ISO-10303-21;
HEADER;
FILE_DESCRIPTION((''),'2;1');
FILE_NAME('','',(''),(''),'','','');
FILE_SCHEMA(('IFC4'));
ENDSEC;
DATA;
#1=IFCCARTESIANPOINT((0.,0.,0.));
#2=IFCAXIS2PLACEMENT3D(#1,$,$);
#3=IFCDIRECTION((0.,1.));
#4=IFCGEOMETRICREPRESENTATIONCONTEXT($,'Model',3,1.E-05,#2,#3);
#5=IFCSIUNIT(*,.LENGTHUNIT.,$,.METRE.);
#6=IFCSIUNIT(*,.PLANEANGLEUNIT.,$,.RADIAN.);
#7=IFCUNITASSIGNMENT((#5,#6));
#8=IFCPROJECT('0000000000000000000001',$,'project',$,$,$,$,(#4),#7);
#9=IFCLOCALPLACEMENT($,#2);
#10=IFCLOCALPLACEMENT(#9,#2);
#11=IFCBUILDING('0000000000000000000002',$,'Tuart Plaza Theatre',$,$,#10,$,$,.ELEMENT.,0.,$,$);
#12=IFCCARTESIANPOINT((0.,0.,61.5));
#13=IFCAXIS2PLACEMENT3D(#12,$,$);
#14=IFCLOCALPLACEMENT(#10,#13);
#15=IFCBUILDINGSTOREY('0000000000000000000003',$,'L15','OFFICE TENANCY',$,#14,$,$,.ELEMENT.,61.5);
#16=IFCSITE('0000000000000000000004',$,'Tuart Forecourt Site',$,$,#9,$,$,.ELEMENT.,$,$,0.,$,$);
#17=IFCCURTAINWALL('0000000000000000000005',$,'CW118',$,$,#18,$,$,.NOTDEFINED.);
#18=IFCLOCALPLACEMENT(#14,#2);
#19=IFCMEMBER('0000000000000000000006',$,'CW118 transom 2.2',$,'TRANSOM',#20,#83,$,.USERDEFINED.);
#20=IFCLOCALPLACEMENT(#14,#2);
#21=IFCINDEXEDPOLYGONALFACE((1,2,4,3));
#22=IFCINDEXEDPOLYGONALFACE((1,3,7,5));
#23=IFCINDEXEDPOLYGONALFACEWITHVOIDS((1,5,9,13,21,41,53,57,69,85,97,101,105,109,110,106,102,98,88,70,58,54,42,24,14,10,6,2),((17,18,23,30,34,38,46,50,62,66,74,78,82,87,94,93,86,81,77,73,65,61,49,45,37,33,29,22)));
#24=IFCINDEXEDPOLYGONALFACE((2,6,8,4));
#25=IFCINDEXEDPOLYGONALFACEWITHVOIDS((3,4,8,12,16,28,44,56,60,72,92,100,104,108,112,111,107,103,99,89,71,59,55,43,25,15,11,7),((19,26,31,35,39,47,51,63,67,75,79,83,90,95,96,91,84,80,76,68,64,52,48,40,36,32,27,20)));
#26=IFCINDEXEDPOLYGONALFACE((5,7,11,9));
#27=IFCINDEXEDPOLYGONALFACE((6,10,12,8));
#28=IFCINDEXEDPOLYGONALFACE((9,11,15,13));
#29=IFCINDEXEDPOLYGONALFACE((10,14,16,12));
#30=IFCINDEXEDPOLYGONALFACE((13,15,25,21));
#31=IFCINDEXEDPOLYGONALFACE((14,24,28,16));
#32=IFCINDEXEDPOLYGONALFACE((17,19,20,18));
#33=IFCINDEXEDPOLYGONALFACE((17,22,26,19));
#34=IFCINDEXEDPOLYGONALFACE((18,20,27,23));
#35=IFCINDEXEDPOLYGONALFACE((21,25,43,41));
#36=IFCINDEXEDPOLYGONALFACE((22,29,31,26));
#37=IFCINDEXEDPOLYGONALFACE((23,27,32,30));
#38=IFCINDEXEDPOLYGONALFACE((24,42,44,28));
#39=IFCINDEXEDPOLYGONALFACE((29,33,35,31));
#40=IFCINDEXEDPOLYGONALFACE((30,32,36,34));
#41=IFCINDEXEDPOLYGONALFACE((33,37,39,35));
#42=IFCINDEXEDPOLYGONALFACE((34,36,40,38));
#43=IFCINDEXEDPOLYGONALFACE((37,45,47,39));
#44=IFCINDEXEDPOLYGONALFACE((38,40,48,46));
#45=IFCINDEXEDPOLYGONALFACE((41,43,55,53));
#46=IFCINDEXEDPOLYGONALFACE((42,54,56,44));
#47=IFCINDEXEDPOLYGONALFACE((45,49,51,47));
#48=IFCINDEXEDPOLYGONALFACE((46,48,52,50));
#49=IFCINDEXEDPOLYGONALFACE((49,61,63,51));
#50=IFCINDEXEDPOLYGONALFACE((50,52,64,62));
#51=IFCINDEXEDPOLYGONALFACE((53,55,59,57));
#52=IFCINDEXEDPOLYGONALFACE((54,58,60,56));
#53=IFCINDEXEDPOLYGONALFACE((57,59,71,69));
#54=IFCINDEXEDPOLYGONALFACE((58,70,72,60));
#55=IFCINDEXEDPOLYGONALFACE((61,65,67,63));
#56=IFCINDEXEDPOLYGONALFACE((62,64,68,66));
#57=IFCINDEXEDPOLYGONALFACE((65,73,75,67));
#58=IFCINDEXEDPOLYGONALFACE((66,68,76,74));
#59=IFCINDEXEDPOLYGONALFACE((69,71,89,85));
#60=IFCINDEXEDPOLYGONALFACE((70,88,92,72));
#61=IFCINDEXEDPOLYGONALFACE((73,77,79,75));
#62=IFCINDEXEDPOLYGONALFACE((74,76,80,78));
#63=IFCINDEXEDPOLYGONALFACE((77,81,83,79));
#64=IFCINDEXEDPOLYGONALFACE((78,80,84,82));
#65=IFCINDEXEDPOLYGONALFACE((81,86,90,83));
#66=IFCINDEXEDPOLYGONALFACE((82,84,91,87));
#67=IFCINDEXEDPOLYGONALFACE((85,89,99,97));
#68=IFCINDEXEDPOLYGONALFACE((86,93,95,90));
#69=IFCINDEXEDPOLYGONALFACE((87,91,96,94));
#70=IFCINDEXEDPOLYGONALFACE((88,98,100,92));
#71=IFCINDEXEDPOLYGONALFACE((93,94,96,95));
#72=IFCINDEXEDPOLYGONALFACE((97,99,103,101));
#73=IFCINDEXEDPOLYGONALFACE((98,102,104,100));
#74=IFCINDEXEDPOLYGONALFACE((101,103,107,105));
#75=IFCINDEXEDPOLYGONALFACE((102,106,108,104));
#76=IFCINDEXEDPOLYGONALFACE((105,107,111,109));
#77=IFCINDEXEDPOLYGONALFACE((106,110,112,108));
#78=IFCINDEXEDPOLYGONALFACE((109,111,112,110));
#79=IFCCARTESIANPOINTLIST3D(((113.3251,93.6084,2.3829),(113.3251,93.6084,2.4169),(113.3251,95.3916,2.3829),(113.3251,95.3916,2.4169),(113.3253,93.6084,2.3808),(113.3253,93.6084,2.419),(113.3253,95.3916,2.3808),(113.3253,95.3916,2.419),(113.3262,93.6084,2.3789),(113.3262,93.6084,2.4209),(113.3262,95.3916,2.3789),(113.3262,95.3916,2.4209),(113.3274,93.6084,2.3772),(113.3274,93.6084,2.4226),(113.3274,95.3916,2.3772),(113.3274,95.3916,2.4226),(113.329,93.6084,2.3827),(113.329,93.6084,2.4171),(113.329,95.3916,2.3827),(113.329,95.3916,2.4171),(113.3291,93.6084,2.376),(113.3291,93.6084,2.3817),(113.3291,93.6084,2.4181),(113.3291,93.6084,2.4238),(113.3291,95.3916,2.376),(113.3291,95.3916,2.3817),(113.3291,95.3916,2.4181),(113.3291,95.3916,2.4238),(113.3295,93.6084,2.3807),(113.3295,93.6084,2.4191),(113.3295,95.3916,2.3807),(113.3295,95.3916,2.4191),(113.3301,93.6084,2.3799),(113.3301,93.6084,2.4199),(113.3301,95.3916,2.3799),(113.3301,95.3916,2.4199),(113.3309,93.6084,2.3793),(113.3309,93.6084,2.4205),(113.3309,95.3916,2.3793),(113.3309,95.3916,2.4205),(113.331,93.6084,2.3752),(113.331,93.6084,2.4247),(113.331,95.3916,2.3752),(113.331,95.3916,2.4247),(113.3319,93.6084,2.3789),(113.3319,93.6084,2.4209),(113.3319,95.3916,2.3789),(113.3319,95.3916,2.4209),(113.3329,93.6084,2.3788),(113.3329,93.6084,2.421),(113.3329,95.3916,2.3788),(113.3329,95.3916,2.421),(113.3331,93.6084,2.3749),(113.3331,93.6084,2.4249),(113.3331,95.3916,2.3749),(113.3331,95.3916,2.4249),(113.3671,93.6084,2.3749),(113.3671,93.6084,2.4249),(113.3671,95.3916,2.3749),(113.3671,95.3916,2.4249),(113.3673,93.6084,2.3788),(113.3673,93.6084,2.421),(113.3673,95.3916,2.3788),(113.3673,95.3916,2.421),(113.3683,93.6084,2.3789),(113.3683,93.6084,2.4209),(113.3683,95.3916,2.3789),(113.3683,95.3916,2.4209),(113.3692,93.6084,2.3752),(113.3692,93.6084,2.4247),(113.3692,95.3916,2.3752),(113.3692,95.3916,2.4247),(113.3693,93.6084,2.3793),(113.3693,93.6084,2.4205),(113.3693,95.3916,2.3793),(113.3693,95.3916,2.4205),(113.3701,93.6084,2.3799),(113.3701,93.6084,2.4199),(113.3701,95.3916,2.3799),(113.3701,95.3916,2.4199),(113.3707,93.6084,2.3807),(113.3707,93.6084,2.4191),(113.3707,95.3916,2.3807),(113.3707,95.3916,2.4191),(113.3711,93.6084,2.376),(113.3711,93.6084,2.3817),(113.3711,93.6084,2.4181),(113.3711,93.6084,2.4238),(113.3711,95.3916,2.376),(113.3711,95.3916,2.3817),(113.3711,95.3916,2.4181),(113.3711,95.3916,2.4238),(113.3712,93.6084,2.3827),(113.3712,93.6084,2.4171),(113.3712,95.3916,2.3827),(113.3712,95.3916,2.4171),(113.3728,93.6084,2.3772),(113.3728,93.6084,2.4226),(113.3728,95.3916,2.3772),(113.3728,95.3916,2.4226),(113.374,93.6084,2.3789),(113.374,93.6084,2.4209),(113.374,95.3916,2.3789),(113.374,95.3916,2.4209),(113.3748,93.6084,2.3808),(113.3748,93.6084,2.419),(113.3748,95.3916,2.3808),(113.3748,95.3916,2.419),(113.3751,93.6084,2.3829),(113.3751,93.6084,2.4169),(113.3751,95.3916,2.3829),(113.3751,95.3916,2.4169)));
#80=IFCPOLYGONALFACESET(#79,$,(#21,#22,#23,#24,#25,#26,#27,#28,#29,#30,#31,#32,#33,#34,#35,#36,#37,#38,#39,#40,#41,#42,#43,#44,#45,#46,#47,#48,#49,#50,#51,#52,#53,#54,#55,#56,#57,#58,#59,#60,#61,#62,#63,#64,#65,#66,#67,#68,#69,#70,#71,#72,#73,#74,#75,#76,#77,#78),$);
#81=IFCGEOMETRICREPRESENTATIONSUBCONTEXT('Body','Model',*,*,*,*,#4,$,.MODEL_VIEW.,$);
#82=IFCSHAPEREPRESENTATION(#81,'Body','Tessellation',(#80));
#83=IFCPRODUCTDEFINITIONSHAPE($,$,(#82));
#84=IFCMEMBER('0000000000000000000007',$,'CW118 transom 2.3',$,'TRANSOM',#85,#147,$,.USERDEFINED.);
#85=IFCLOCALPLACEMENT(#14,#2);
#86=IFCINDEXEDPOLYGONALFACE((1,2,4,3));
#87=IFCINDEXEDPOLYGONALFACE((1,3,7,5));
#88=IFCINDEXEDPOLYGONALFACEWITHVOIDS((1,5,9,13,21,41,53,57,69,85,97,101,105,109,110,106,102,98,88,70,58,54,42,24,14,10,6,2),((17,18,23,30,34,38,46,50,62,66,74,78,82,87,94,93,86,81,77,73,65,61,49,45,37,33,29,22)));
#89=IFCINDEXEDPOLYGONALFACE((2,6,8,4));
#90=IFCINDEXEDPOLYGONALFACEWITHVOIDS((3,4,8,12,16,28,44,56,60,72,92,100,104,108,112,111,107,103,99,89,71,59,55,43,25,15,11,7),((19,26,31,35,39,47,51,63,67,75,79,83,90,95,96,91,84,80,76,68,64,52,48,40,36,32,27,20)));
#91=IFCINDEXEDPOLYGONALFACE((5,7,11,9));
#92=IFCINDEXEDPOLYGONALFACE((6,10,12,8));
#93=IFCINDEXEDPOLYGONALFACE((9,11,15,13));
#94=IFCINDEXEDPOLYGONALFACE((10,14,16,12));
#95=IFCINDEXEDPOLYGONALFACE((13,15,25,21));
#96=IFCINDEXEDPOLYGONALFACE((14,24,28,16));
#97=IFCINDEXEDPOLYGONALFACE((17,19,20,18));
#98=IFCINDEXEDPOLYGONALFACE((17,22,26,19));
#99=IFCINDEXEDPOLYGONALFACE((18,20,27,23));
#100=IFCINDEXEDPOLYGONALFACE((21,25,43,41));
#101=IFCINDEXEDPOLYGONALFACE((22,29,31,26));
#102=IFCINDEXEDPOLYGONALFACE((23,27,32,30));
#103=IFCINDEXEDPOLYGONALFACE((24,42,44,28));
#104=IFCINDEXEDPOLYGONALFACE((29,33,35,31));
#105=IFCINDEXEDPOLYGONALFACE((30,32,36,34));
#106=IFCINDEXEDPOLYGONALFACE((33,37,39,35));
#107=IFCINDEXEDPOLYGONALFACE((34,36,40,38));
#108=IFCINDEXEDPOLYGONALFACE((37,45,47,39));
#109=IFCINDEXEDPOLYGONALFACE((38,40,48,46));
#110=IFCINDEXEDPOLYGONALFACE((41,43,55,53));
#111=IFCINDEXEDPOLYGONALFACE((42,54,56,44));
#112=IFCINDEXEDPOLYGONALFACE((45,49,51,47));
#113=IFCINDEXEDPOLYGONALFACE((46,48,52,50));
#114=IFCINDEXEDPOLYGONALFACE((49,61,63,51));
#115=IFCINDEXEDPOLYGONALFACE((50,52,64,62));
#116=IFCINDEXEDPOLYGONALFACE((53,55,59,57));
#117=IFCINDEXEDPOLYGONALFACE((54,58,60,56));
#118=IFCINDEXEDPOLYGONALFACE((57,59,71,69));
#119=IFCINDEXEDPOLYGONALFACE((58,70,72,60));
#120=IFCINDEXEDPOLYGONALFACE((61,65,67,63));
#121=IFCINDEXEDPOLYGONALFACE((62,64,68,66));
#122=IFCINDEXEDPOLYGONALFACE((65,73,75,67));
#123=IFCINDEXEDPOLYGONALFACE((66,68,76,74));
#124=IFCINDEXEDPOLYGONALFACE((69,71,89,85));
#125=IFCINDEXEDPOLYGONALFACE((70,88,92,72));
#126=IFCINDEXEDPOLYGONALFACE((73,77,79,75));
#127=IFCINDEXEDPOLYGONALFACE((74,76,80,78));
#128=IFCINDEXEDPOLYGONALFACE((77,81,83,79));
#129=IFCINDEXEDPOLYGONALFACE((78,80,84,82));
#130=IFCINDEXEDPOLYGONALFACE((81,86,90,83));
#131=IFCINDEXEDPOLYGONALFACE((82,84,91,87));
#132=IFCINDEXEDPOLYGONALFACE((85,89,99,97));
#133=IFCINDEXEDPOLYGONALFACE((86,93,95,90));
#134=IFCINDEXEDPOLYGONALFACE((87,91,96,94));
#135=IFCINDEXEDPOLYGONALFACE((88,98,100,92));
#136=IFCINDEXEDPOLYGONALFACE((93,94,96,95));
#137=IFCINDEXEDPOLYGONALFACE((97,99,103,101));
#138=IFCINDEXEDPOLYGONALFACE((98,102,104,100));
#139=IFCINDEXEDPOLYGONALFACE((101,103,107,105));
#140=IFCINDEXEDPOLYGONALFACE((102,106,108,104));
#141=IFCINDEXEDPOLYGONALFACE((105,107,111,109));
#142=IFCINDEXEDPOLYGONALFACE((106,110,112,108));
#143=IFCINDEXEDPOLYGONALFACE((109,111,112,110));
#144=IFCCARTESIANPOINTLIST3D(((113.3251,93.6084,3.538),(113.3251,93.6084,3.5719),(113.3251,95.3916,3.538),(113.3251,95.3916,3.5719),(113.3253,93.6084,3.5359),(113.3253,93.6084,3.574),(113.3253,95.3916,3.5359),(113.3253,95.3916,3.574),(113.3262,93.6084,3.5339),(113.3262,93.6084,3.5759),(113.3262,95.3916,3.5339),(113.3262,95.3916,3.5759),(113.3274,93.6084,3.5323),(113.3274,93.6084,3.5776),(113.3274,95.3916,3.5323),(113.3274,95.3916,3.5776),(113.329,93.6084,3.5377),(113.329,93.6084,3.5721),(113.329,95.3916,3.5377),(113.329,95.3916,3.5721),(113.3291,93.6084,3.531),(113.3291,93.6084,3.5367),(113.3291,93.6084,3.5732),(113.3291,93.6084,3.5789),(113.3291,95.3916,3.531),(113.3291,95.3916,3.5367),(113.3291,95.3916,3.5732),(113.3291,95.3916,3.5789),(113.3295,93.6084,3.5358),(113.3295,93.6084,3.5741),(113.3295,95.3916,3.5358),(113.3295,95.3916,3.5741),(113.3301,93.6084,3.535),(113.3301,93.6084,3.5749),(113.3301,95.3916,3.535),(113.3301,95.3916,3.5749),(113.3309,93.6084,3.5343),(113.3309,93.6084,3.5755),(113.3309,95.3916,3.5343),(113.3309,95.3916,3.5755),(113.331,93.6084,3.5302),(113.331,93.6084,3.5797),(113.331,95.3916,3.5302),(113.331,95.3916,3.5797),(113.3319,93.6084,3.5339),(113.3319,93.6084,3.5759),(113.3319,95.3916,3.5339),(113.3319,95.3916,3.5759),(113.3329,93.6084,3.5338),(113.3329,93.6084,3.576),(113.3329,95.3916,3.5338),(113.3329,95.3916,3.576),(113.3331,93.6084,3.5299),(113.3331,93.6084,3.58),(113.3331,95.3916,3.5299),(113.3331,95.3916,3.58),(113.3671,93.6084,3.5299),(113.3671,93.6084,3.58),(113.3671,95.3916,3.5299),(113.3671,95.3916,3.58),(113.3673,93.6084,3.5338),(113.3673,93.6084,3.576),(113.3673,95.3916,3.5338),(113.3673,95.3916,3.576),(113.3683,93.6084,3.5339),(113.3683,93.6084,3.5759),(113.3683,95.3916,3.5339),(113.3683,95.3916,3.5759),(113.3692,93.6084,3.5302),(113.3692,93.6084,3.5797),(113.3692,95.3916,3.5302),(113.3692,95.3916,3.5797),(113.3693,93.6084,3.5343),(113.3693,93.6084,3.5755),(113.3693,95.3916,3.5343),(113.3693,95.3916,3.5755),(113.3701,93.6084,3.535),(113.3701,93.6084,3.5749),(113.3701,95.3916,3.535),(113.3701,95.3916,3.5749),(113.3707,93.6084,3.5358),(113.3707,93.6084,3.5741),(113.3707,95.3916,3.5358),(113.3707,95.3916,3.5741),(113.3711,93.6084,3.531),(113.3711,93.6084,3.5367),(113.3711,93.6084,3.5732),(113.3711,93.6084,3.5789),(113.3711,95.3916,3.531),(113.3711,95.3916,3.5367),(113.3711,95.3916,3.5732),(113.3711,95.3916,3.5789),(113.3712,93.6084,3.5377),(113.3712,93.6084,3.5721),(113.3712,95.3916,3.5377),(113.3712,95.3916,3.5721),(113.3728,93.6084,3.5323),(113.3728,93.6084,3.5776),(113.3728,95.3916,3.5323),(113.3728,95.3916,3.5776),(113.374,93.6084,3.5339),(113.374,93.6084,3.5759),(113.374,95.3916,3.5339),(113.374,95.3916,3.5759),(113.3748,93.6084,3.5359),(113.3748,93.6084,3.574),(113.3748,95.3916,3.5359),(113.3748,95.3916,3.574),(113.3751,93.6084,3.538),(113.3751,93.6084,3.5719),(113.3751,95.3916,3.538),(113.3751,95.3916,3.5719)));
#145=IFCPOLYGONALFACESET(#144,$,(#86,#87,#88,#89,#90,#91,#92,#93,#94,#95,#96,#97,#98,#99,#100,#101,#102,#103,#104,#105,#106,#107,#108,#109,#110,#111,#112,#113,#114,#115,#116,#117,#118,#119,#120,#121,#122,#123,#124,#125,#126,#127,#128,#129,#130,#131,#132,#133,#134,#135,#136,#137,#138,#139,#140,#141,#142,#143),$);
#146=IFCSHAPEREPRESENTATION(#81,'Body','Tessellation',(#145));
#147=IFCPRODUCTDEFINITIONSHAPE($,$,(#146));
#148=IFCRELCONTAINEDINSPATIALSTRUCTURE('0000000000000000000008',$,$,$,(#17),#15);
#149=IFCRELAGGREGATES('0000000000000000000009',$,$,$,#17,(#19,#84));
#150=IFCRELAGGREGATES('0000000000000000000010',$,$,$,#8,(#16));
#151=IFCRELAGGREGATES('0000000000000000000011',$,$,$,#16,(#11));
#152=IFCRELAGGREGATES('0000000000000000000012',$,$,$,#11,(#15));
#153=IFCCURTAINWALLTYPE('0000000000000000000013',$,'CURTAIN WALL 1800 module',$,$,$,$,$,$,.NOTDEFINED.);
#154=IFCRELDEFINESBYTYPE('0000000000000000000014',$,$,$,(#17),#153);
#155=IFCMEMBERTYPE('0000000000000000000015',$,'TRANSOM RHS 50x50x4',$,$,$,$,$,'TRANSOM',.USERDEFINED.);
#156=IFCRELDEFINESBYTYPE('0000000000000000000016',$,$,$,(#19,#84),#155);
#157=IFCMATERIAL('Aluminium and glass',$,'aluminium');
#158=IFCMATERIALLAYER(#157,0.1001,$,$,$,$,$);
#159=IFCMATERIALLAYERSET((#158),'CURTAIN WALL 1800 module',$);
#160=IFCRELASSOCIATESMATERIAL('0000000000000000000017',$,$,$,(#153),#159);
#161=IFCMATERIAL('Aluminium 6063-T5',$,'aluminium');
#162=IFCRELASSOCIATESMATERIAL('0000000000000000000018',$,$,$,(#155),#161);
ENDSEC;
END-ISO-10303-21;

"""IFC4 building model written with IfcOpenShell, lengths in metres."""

from ifc_helpers import new_model, si_unit, direction, frame, origin, origin_2d, place, context, subcontext, project, spatial, hollow_rectangle, extrude, material, layer, layer_set, material_profile, profile_set, type_object, element, aggregate, save


model = new_model("IFC4")

# Units and contexts
model_context = context("Model", 3, precision=1e-05, world=origin(), true_north=direction((0.0, 1.0)))
body_context = subcontext(model_context, "Body", "Model", "MODEL_VIEW")
ifc_project = project(units=[si_unit("LENGTHUNIT", "METRE"), si_unit("PLANEANGLEUNIT", "RADIAN")], contexts=[model_context])

# Site, building, storey
site_placement = place(None, origin())
site = spatial("IfcSite", under=ifc_project, at=site_placement, Name="Tuart Forecourt Site", CompositionType="ELEMENT", RefElevation=0.0)
building_placement = place(site_placement, origin())
building = spatial("IfcBuilding", under=site, at=building_placement, Name="Tuart Plaza Theatre", CompositionType="ELEMENT", ElevationOfRefHeight=0.0)
storey_placement = place(building_placement, frame((0.0, 0.0, 61.5)))
storey = spatial("IfcBuildingStorey", under=building, at=storey_placement, Name="L15", Description="OFFICE TENANCY", CompositionType="ELEMENT", Elevation=61.5)

# Curtain wall, members
ifc_material_1 = material(Name="Aluminium and glass", Category="aluminium")
ifc_layer_1 = layer(ifc_material_1, 0.1001)
ifc_layer_set_1 = layer_set([ifc_layer_1], Name="CURTAIN WALL 1800 module")
curtain_wall_type = type_object("IfcCurtainWallType", Name="CURTAIN WALL 1800 module", PredefinedType="NOTDEFINED", material=ifc_layer_set_1)
curtain_wall_placement = place(storey_placement, origin())
curtain_wall = element("IfcCurtainWall", 1, at=curtain_wall_placement, inside=storey, type_object=curtain_wall_type, Name="CW118", PredefinedType="NOTDEFINED")
ifc_material_2 = material(Name="Aluminium 6063-T5", Category="aluminium")
ifc_material_profile_1 = material_profile(ifc_material_2, hollow_rectangle(XDim=0.05, YDim=0.05, WallThickness=0.0039, InnerFilletRadius=0.0039, OuterFilletRadius=0.0081, at=origin_2d()), Name="RHS 50x50x4")
ifc_profile_set_1 = profile_set([ifc_material_profile_1], Name="Aluminium 6063-T5")
member_type_1 = type_object("IfcMemberType", Name="TRANSOM RHS 50x50x4", ElementType="TRANSOM", PredefinedType="USERDEFINED", material=ifc_profile_set_1)
member_1_placement = place(storey_placement, frame((113.3501, 95.3916, 2.3999), z_axis=(0.0, -1.0, 0.0), x_axis=(1.0, 0.0, 0.0)))
member_1 = element("IfcMember", 2, at=member_1_placement, type_object=member_type_1, Name="CW118 transom 2.2", ObjectType="TRANSOM", PredefinedType="USERDEFINED", context=body_context, shape_type="SweptSolid", body=[
    extrude(hollow_rectangle(XDim=0.05, YDim=0.05, WallThickness=0.0039, InnerFilletRadius=0.0039, OuterFilletRadius=0.0081, at=origin_2d()), origin(), (0.0, 0.0, 1.0), 1.7832),
])
member_2_placement = place(storey_placement, frame((113.3501, 95.3916, 3.5549), z_axis=(0.0, -1.0, 0.0), x_axis=(1.0, 0.0, 0.0)))
member_2 = element("IfcMember", 3, at=member_2_placement, type_object=member_type_1, Name="CW118 transom 2.3", ObjectType="TRANSOM", PredefinedType="USERDEFINED", context=body_context, shape_type="SweptSolid", body=[
    extrude(hollow_rectangle(XDim=0.05, YDim=0.05, WallThickness=0.0039, InnerFilletRadius=0.0039, OuterFilletRadius=0.0081, at=origin_2d()), origin(), (0.0, 0.0, 1.0), 1.7832),
])
aggregate(curtain_wall, [member_1, member_2])

save(model, "model.ifc")
